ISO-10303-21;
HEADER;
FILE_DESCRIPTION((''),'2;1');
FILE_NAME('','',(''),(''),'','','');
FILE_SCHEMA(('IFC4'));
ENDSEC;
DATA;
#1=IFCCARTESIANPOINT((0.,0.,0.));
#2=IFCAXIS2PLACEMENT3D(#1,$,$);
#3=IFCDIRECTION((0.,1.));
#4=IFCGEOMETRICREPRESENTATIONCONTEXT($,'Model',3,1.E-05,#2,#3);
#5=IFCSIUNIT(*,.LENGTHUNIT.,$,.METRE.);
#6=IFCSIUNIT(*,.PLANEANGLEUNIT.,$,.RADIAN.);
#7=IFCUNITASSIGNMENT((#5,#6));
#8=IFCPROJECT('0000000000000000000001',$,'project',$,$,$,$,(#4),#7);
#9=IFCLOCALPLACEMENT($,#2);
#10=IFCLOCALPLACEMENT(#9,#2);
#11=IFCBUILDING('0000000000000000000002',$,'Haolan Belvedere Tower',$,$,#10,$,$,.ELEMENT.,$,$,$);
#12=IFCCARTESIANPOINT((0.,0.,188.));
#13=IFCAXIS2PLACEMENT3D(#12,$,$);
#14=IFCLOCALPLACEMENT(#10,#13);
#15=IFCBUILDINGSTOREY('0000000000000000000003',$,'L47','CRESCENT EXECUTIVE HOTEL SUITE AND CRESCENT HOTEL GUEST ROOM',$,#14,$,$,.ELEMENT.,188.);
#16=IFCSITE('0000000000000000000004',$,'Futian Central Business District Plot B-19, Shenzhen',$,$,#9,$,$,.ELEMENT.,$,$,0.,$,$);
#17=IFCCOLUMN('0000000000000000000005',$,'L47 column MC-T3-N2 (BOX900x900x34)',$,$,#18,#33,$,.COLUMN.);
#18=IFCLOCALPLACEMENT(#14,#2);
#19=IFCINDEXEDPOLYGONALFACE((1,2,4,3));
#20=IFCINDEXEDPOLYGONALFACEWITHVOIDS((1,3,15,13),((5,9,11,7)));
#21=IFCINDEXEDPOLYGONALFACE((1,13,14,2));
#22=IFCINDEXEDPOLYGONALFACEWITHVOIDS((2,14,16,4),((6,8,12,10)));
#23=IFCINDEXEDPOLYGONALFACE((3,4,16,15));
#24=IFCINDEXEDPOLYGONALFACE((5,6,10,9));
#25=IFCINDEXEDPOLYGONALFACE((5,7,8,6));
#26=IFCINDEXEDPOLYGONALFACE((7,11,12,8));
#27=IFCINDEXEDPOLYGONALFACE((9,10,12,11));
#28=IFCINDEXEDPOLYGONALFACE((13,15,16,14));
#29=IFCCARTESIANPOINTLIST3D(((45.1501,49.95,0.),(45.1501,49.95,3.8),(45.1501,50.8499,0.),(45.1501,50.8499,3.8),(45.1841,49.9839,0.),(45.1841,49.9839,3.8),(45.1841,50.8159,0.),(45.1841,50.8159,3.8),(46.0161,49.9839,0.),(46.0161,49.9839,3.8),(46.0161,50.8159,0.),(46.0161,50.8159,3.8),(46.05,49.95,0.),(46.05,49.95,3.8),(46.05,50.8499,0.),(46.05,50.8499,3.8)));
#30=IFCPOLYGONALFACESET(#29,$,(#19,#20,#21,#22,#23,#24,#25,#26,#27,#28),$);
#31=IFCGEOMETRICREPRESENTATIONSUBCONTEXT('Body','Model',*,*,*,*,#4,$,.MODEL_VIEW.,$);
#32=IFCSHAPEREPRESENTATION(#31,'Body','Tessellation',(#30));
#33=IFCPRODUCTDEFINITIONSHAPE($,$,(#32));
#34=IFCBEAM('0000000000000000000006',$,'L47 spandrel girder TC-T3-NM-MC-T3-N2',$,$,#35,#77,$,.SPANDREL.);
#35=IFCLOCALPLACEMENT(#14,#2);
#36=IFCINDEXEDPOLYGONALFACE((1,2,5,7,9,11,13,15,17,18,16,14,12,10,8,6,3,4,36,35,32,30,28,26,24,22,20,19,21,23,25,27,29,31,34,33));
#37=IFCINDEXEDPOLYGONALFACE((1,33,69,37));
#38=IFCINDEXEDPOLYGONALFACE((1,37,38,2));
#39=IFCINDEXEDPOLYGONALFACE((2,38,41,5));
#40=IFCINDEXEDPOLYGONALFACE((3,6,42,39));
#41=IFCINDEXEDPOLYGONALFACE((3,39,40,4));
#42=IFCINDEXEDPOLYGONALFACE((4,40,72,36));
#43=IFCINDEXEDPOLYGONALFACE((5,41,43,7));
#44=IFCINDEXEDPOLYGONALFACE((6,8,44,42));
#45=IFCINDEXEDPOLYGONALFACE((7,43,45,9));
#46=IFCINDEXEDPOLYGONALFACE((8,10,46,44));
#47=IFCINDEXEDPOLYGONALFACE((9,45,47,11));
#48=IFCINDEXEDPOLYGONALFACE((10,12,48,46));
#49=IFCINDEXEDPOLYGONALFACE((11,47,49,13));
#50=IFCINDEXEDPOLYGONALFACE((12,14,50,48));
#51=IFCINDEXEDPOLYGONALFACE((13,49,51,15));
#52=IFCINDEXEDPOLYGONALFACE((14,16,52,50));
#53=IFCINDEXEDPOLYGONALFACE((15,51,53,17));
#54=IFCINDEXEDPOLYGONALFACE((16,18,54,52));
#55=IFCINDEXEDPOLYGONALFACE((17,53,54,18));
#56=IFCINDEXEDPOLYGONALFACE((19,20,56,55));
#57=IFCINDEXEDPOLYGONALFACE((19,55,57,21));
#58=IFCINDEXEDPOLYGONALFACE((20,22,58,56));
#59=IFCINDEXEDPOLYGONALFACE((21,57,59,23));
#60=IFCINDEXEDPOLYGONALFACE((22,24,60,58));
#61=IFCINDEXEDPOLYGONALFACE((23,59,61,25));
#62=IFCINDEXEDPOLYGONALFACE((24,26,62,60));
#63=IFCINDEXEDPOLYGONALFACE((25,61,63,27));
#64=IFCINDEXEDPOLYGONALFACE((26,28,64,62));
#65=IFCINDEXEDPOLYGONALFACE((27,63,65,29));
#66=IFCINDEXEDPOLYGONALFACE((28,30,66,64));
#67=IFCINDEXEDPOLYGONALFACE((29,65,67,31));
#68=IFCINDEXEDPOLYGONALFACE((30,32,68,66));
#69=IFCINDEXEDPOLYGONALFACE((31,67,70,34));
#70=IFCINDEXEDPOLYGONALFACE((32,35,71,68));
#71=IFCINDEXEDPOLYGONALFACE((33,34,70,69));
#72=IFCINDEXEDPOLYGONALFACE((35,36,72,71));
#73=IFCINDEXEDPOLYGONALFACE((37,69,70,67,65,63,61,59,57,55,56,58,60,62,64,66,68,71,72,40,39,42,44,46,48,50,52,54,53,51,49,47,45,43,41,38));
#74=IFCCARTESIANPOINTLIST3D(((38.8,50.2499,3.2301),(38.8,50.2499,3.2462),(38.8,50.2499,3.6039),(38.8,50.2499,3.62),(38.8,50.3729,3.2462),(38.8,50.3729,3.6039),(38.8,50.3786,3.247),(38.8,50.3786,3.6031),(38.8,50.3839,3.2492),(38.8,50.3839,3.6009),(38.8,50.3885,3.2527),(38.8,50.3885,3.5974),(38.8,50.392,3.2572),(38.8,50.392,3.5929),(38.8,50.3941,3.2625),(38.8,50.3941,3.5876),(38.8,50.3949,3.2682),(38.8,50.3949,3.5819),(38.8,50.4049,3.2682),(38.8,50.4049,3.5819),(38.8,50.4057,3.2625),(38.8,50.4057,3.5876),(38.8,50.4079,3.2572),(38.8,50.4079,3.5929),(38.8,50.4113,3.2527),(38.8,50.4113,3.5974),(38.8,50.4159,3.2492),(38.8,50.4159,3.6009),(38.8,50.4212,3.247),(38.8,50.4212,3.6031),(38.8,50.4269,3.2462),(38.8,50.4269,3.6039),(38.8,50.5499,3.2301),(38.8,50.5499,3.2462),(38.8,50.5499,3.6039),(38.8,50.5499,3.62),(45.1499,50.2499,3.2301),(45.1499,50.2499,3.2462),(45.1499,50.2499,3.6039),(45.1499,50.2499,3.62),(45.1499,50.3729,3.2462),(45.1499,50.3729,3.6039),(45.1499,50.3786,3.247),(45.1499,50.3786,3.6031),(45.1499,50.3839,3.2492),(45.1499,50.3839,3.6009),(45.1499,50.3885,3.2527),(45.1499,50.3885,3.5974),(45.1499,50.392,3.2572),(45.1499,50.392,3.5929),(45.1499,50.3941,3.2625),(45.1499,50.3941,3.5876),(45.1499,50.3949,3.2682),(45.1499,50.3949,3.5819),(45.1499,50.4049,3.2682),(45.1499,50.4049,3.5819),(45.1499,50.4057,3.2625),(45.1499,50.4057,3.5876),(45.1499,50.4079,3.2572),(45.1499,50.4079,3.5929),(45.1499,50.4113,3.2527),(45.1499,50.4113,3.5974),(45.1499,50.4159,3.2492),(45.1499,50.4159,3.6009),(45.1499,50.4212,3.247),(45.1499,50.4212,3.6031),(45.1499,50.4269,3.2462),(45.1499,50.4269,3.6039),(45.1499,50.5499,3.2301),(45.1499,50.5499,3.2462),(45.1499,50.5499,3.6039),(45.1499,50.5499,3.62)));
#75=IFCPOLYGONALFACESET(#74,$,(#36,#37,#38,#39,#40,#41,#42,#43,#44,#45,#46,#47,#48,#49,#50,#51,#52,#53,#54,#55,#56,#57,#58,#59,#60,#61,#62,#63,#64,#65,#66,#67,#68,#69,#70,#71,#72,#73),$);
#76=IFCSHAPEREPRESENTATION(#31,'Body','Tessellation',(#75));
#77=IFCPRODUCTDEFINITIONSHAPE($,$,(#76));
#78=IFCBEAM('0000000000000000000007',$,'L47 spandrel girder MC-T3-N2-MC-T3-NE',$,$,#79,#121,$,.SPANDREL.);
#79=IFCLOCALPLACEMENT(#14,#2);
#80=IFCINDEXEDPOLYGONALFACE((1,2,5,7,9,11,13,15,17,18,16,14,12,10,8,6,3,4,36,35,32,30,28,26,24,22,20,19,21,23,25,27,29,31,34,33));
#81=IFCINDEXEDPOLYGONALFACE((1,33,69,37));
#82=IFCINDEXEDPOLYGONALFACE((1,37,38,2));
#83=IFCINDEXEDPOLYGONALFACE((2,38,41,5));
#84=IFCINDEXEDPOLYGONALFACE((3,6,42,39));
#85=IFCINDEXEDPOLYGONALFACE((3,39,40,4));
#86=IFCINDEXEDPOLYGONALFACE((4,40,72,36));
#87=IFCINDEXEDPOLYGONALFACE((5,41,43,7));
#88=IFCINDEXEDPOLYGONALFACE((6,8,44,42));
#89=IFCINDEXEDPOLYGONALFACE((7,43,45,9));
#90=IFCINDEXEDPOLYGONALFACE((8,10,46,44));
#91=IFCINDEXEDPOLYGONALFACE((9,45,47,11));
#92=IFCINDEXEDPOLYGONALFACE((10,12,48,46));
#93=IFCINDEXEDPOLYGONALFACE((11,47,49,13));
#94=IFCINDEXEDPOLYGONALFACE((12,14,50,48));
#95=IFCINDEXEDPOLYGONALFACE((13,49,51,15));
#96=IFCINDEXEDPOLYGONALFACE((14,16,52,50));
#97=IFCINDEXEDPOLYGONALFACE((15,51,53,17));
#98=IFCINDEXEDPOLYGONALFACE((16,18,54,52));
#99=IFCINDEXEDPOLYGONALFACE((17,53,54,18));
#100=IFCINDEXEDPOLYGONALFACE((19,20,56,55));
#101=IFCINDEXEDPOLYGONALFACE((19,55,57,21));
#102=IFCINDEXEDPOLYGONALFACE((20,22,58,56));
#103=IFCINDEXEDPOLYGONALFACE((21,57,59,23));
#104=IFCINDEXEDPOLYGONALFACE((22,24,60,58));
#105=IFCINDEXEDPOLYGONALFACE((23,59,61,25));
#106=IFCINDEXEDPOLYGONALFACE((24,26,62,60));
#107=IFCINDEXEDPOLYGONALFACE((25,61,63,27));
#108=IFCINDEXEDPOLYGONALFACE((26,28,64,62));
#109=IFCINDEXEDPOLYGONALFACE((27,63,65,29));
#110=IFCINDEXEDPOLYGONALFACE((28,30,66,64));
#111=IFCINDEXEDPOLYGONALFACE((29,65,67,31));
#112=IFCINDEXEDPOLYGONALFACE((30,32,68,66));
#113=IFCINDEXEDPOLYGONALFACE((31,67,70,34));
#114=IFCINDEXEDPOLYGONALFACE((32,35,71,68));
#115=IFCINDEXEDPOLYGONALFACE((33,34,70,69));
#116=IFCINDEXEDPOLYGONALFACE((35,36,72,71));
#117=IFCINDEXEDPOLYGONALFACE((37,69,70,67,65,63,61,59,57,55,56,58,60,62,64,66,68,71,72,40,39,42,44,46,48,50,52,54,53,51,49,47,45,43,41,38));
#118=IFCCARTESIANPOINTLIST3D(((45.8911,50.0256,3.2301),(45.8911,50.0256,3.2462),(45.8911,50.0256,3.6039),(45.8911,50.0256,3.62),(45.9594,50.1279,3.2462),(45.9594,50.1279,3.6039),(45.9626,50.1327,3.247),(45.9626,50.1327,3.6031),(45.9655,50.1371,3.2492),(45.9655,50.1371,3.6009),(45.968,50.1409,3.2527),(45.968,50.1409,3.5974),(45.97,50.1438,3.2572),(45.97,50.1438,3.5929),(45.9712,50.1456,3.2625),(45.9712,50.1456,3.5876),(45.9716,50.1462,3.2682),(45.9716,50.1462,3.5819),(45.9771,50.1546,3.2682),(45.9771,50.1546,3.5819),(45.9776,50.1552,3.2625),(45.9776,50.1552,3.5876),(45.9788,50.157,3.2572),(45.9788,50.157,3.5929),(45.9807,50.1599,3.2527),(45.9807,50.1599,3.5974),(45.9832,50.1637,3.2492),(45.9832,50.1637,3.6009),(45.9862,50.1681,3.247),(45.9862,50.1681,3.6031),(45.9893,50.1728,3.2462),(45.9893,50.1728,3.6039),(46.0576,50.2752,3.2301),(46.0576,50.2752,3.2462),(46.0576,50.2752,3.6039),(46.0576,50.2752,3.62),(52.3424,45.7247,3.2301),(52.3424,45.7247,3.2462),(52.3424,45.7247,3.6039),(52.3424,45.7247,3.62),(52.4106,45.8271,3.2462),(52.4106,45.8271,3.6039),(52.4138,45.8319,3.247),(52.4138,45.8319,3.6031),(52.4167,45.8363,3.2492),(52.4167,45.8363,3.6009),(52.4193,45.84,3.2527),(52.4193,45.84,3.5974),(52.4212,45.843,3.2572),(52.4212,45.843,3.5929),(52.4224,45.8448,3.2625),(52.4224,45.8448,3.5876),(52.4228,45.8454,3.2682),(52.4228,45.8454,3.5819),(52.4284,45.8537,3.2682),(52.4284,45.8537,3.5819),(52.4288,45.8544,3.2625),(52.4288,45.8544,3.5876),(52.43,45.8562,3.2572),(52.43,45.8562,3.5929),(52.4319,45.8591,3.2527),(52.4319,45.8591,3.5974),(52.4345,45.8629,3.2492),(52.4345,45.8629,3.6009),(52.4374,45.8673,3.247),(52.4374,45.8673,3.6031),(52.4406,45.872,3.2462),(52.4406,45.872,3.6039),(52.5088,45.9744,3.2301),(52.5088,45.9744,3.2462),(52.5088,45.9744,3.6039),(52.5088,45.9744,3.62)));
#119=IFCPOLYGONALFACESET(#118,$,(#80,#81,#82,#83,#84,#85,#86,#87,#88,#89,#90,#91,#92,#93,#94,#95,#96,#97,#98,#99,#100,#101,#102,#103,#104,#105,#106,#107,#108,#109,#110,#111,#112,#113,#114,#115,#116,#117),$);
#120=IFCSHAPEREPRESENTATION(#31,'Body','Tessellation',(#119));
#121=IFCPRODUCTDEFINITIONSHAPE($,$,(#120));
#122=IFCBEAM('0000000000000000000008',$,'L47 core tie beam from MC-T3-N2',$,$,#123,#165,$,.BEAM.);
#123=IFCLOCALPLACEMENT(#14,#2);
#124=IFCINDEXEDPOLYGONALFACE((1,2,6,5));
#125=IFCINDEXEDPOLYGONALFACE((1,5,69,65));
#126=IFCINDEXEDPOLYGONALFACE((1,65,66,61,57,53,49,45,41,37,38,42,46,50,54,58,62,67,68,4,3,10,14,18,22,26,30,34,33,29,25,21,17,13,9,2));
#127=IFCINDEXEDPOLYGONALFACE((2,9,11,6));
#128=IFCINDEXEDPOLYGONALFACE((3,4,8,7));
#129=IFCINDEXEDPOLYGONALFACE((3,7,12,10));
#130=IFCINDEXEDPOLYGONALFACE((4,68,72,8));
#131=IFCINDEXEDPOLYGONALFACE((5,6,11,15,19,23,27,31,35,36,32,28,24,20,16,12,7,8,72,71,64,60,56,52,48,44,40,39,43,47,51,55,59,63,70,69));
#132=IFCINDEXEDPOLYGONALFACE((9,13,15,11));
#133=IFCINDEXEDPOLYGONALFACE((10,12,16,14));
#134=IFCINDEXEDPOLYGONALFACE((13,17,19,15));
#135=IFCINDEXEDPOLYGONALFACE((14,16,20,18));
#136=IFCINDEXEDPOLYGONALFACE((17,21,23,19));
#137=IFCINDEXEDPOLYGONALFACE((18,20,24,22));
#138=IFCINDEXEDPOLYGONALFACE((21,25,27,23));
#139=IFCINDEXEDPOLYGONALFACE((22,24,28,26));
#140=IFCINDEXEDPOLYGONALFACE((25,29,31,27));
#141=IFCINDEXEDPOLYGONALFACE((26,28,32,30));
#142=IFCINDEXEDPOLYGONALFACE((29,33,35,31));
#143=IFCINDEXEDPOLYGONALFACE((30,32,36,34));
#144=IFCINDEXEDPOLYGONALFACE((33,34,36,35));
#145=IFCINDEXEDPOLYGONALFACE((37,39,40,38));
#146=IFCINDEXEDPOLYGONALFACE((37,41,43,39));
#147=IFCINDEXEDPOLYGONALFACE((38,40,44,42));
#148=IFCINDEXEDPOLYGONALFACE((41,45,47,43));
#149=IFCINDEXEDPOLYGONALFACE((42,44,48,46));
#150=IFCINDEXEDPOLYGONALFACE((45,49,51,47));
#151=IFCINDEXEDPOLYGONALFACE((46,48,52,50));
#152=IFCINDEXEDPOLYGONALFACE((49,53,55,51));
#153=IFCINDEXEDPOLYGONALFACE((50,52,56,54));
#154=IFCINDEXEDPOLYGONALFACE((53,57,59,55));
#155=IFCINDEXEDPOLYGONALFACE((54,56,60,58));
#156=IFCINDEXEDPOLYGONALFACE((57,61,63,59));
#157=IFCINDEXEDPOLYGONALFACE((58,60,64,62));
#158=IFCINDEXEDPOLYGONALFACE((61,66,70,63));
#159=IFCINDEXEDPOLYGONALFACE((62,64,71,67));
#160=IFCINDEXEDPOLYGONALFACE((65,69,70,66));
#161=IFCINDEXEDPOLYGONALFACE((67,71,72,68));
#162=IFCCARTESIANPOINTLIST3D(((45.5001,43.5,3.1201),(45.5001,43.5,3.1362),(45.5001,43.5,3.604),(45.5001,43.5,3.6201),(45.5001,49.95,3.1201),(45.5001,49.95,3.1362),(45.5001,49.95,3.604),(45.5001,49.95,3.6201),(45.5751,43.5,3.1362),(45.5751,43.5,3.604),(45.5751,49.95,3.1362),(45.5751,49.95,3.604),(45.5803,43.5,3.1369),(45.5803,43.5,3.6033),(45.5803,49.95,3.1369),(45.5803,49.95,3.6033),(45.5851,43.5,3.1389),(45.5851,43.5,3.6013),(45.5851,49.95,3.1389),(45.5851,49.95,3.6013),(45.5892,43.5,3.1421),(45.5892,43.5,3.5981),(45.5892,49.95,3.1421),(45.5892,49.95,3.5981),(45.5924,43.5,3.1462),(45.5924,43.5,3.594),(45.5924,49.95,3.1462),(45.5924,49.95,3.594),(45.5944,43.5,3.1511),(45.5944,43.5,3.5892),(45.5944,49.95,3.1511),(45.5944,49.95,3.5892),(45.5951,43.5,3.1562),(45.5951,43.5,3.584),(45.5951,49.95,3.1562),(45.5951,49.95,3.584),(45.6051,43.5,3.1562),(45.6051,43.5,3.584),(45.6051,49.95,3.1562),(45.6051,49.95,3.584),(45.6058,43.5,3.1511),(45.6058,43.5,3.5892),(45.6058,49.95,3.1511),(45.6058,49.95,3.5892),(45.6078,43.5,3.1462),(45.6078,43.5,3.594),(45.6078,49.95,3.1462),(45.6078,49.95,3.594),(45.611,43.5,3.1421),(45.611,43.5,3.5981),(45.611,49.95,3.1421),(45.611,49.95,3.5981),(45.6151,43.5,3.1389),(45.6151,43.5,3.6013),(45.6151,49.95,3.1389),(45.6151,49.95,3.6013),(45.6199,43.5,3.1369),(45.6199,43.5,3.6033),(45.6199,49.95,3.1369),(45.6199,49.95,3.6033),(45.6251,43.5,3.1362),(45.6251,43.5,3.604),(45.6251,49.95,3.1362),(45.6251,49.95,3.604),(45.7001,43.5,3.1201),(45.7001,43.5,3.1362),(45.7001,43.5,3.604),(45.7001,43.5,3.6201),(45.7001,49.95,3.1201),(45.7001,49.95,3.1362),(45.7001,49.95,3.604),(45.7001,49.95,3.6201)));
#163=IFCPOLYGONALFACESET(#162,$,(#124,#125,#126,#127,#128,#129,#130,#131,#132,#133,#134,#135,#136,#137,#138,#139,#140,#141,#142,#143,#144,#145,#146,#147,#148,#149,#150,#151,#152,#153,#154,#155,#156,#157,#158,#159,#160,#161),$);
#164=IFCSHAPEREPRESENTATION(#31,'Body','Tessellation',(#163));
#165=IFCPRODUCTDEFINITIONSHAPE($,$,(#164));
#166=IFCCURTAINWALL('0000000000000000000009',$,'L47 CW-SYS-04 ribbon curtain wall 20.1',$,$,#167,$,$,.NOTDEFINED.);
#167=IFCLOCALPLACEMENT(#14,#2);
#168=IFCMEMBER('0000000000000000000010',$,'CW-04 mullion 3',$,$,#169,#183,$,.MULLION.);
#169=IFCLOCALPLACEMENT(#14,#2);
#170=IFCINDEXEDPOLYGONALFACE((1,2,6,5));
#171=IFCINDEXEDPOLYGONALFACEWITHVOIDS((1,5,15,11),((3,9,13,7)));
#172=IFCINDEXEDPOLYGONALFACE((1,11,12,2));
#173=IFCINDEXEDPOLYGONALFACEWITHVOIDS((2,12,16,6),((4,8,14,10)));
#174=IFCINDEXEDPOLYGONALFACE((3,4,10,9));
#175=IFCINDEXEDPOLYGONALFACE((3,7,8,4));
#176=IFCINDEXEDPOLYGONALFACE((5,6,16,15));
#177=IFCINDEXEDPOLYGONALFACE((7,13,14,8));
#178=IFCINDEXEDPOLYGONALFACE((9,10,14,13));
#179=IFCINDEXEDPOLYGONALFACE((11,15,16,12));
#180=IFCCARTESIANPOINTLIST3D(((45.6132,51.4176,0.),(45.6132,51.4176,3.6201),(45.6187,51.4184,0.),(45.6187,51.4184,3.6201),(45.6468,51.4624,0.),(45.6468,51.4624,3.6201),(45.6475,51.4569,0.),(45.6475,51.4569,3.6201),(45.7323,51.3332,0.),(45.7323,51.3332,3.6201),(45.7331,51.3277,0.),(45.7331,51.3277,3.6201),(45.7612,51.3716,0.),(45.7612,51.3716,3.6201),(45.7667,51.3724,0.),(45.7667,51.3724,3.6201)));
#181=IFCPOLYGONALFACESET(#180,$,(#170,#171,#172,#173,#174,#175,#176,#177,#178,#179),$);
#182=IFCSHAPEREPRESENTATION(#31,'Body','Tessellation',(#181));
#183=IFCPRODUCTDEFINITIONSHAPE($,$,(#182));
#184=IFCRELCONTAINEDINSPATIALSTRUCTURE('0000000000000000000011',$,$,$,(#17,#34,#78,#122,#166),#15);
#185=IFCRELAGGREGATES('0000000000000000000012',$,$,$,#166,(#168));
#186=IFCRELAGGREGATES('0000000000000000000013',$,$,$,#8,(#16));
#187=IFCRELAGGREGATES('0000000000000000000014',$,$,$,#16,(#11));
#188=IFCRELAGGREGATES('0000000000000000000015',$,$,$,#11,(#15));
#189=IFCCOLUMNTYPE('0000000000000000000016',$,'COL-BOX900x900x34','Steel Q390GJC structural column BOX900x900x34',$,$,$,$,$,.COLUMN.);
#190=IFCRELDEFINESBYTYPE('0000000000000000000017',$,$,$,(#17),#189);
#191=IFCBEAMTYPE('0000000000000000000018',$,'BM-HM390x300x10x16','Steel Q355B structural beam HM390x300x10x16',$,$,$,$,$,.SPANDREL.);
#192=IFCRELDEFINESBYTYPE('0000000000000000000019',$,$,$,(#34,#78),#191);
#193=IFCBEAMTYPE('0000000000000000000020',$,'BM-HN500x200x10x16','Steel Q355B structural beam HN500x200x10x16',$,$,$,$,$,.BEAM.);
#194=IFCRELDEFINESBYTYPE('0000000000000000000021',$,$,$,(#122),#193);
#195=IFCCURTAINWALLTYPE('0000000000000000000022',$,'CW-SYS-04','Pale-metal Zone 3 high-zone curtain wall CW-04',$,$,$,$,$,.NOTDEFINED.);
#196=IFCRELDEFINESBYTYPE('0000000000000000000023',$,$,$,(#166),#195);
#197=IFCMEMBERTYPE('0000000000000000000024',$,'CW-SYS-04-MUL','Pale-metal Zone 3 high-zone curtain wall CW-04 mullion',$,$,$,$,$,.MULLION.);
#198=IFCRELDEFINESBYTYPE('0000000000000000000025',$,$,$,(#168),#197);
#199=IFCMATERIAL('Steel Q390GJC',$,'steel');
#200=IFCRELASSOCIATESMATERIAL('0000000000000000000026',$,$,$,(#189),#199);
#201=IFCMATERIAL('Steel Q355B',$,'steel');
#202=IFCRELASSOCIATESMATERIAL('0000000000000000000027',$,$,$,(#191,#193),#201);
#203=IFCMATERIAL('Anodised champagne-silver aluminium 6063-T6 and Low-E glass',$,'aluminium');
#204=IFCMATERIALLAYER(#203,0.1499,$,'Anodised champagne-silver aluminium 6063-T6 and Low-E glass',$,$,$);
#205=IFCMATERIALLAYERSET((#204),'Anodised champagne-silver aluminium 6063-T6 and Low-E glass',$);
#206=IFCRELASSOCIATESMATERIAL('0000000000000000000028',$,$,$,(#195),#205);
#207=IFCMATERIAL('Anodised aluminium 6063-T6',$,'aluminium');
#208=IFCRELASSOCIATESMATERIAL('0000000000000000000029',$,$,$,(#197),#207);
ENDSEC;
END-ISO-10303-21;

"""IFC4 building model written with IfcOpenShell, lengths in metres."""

from ifc_helpers import new_model, si_unit, direction, frame, origin, origin_2d, place, context, subcontext, project, spatial, hollow_rectangle, i_section, extrude, material, layer, layer_set, material_profile, profile_set, type_object, element, aggregate, save


model = new_model("IFC4")

# Units and contexts
model_context = context("Model", 3, precision=1e-05, world=origin(), true_north=direction((0.0, 1.0)))
body_context = subcontext(model_context, "Body", "Model", "MODEL_VIEW")
ifc_project = project(units=[si_unit("LENGTHUNIT", "METRE"), si_unit("PLANEANGLEUNIT", "RADIAN")], contexts=[model_context])

# Site, building, storey
site_placement = place(None, origin())
site = spatial("IfcSite", under=ifc_project, at=site_placement, Name="Futian Central Business District Plot B-19, Shenzhen", CompositionType="ELEMENT", RefElevation=0.0)
building_placement = place(site_placement, origin())
building = spatial("IfcBuilding", under=site, at=building_placement, Name="Haolan Belvedere Tower", CompositionType="ELEMENT")
storey_placement = place(building_placement, frame((0.0, 0.0, 188.0)))
storey = spatial("IfcBuildingStorey", under=building, at=storey_placement, Name="L47", Description="CRESCENT EXECUTIVE HOTEL SUITE AND CRESCENT HOTEL GUEST ROOM", CompositionType="ELEMENT", Elevation=188.0)

# Column
ifc_material_1 = material(Name="Steel Q390GJC", Category="steel")
ifc_material_profile_1 = material_profile(ifc_material_1, hollow_rectangle(XDim=0.8999, YDim=0.8999, WallThickness=0.0339, at=origin_2d()), Name="Steel Q390GJC")
ifc_profile_set_1 = profile_set([ifc_material_profile_1], Name="Steel Q390GJC")
column_type = type_object("IfcColumnType", Name="COL-BOX900x900x34", Description="Steel Q390GJC structural column BOX900x900x34", PredefinedType="COLUMN", material=ifc_profile_set_1)
column_placement = place(storey_placement, frame((45.6001, 50.3999, 0.0), z_axis=(0.0, 0.0, 1.0), x_axis=(1.0, 0.0, 0.0)))
element("IfcColumn", 1, at=column_placement, inside=storey, type_object=column_type, Name="L47 column MC-T3-N2 (BOX900x900x34)", PredefinedType="COLUMN", context=body_context, shape_type="SweptSolid", body=[
    extrude(hollow_rectangle(XDim=0.8999, YDim=0.8999, WallThickness=0.0339, at=origin_2d()), origin(), (0.0, 0.0, 1.0), 3.8),
])

# Beams
ifc_material_2 = material(Name="Steel Q355B", Category="steel")
ifc_material_profile_2 = material_profile(ifc_material_2, i_section(OverallWidth=0.3, OverallDepth=0.3899, WebThickness=0.01, FlangeThickness=0.0161, FilletRadius=0.022, at=origin_2d()), Name="Steel Q355B")
ifc_profile_set_2 = profile_set([ifc_material_profile_2], Name="Steel Q355B")
beam_type_1 = type_object("IfcBeamType", Name="BM-HM390x300x10x16", Description="Steel Q355B structural beam HM390x300x10x16", PredefinedType="SPANDREL", material=ifc_profile_set_2)
beam_1_placement = place(storey_placement, frame((38.8, 50.3999, 3.425), z_axis=(1.0, 0.0, 0.0), x_axis=(0.0, 1.0, 0.0)))
element("IfcBeam", 2, at=beam_1_placement, inside=storey, type_object=beam_type_1, Name="L47 spandrel girder TC-T3-NM-MC-T3-N2", PredefinedType="SPANDREL", context=body_context, shape_type="SweptSolid", body=[
    extrude(i_section(OverallWidth=0.3, OverallDepth=0.3899, WebThickness=0.01, FlangeThickness=0.0161, FilletRadius=0.022, at=origin_2d()), origin(), (0.0, 0.0, 1.0), 6.3499),
])
beam_2_placement = place(storey_placement, frame((45.9744, 50.1504, 3.425), z_axis=(0.83205, -0.5547, 0.0), x_axis=(0.5547, 0.83205, 0.0)))
element("IfcBeam", 3, at=beam_2_placement, inside=storey, type_object=beam_type_1, Name="L47 spandrel girder MC-T3-N2-MC-T3-NE", PredefinedType="SPANDREL", context=body_context, shape_type="SweptSolid", body=[
    extrude(i_section(OverallWidth=0.3, OverallDepth=0.3899, WebThickness=0.01, FlangeThickness=0.0161, FilletRadius=0.022, at=origin_2d()), origin(), (0.0, 0.0, 1.0), 7.7534),
])
ifc_material_profile_3 = material_profile(ifc_material_2, i_section(OverallWidth=0.2, OverallDepth=0.5, WebThickness=0.01, FlangeThickness=0.0161, FilletRadius=0.02, at=origin_2d()), Name="Steel Q355B")
ifc_profile_set_3 = profile_set([ifc_material_profile_3], Name="Steel Q355B")
beam_type_2 = type_object("IfcBeamType", Name="BM-HN500x200x10x16", Description="Steel Q355B structural beam HN500x200x10x16", PredefinedType="BEAM", material=ifc_profile_set_3)
beam_3_placement = place(storey_placement, frame((45.6001, 49.95, 3.3701), z_axis=(0.0, -1.0, 0.0), x_axis=(1.0, 0.0, 0.0)))
element("IfcBeam", 4, at=beam_3_placement, inside=storey, type_object=beam_type_2, Name="L47 core tie beam from MC-T3-N2", PredefinedType="BEAM", context=body_context, shape_type="SweptSolid", body=[
    extrude(i_section(OverallWidth=0.2, OverallDepth=0.5, WebThickness=0.01, FlangeThickness=0.0161, FilletRadius=0.02, at=origin_2d()), origin(), (0.0, 0.0, 1.0), 6.45),
])

# Curtain wall, member
ifc_material_3 = material(Name="Anodised champagne-silver aluminium 6063-T6 and Low-E glass", Category="aluminium")
ifc_layer_1 = layer(ifc_material_3, 0.1499, Name="Anodised champagne-silver aluminium 6063-T6 and Low-E glass")
ifc_layer_set_1 = layer_set([ifc_layer_1], Name="Anodised champagne-silver aluminium 6063-T6 and Low-E glass")
curtain_wall_type = type_object("IfcCurtainWallType", Name="CW-SYS-04", Description="Pale-metal Zone 3 high-zone curtain wall CW-04", PredefinedType="NOTDEFINED", material=ifc_layer_set_1)
curtain_wall_1_placement = place(storey_placement, origin())
curtain_wall_1 = element("IfcCurtainWall", 5, at=curtain_wall_1_placement, inside=storey, type_object=curtain_wall_type, Name="L47 CW-SYS-04 ribbon curtain wall 20.1", PredefinedType="NOTDEFINED")
ifc_material_4 = material(Name="Anodised aluminium 6063-T6", Category="aluminium")
ifc_material_profile_4 = material_profile(ifc_material_4, hollow_rectangle(XDim=0.0559, YDim=0.1499, WallThickness=0.0039, at=origin_2d()), Name="Anodised aluminium 6063-T6")
ifc_profile_set_4 = profile_set([ifc_material_profile_4], Name="Anodised aluminium 6063-T6")
member_type_1 = type_object("IfcMemberType", Name="CW-SYS-04-MUL", Description="Pale-metal Zone 3 high-zone curtain wall CW-04 mullion", PredefinedType="MULLION", material=ifc_profile_set_4)
member_1_placement = place(storey_placement, frame((45.6899, 51.395, 0.0), z_axis=(0.0, 0.0, 1.0), x_axis=(-0.600003, -0.799998, 0.0)))
member_1 = element("IfcMember", 6, at=member_1_placement, type_object=member_type_1, Name="CW-04 mullion 3", PredefinedType="MULLION", context=body_context, shape_type="SweptSolid", body=[
    extrude(hollow_rectangle(XDim=0.0559, YDim=0.1499, WallThickness=0.0039, at=origin_2d()), origin(), (0.0, 0.0, 1.0), 3.6201),
])

aggregate(curtain_wall_1, [member_1])

save(model, "model.ifc")
